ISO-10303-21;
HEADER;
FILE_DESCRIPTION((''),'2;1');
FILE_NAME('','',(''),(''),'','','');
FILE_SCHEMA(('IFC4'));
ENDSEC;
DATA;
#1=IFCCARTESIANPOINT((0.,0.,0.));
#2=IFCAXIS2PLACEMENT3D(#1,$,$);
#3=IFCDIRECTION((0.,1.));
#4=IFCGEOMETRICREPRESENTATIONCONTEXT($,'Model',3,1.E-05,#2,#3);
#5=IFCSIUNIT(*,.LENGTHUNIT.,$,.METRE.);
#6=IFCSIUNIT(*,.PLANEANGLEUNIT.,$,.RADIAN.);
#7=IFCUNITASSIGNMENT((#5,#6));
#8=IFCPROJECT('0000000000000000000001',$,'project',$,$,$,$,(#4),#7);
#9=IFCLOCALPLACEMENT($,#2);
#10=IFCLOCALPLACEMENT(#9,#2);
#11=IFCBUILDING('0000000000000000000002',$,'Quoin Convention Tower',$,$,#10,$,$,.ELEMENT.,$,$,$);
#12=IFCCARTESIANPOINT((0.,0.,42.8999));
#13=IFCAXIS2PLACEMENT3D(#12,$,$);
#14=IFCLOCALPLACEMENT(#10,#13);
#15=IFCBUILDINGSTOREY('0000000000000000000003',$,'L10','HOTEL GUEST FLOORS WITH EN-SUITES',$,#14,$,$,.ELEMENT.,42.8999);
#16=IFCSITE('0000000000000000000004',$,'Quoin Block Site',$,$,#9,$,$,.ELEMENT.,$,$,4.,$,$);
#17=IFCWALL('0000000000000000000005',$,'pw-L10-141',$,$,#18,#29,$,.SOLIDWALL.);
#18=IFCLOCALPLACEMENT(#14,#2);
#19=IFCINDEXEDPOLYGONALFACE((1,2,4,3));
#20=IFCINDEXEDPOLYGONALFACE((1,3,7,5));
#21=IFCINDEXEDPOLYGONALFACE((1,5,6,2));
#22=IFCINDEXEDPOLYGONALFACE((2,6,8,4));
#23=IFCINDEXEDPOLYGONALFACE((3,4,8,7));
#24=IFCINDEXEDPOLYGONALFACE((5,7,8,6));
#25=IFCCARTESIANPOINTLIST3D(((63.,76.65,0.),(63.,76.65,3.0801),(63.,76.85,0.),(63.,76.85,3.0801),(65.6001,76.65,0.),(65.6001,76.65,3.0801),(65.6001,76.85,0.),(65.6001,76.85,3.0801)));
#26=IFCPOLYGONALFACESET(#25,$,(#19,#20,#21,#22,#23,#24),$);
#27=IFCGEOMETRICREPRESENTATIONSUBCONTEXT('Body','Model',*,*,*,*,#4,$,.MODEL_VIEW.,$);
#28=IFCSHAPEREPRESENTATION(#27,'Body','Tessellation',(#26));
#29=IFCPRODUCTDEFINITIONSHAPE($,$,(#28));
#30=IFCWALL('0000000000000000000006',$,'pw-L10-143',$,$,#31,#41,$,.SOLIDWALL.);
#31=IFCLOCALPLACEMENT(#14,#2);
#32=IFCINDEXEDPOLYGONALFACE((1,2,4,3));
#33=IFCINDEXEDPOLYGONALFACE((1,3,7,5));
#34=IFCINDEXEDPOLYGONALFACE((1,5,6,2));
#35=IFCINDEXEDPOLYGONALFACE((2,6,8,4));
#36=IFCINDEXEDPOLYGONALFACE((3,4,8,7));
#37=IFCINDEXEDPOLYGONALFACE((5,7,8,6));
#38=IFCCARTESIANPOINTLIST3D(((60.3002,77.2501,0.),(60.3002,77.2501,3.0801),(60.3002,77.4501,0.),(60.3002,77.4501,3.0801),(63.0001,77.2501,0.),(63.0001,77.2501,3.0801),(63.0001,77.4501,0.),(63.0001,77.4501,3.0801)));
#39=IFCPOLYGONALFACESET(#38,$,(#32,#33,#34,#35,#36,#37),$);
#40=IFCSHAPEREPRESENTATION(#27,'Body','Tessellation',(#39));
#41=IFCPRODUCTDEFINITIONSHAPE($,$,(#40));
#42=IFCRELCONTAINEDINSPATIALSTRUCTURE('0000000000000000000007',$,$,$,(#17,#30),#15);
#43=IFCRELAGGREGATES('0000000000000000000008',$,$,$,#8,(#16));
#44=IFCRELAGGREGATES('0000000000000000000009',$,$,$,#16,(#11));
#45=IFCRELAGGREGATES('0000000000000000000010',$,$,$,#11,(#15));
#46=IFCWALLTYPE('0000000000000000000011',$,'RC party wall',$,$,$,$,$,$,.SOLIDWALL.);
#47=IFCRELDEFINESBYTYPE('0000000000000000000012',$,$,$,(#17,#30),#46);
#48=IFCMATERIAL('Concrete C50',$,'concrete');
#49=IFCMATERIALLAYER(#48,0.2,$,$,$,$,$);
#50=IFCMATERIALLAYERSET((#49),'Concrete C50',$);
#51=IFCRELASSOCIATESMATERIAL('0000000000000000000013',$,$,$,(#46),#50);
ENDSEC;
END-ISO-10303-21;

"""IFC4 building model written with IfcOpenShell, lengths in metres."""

from ifc_helpers import new_model, si_unit, direction, frame, frame_2d, origin, place, context, subcontext, project, spatial, rectangle, extrude, material, layer, layer_set, type_object, element, save


model = new_model("IFC4")

# Units and contexts
model_context = context("Model", 3, precision=1e-05, world=origin(), true_north=direction((0.0, 1.0)))
body_context = subcontext(model_context, "Body", "Model", "MODEL_VIEW")
ifc_project = project(units=[si_unit("LENGTHUNIT", "METRE"), si_unit("PLANEANGLEUNIT", "RADIAN")], contexts=[model_context])

# Site, building, storey
site_placement = place(None, origin())
site = spatial("IfcSite", under=ifc_project, at=site_placement, Name="Quoin Block Site", CompositionType="ELEMENT", RefElevation=4.0)
building_placement = place(site_placement, origin())
building = spatial("IfcBuilding", under=site, at=building_placement, Name="Quoin Convention Tower", CompositionType="ELEMENT")
storey_placement = place(building_placement, frame((0.0, 0.0, 42.8999)))
storey = spatial("IfcBuildingStorey", under=building, at=storey_placement, Name="L10", Description="HOTEL GUEST FLOORS WITH EN-SUITES", CompositionType="ELEMENT", Elevation=42.8999)

# Shared definitions
ifc_material_1 = material(Name="Concrete C50", Category="concrete")
ifc_layer = layer(ifc_material_1, 0.2)
ifc_layer_set = layer_set([ifc_layer], Name="Concrete C50")
wall_type = type_object("IfcWallType", Name="RC party wall", PredefinedType="SOLIDWALL", material=ifc_layer_set)

# Walls
wall_1_placement = place(storey_placement, frame((63.0, 76.75, 0.0), z_axis=(0.0, 0.0, 1.0), x_axis=(1.0, 0.0, 0.0)))
element("IfcWall", 1, at=wall_1_placement, inside=storey, type_object=wall_type, Name="pw-L10-141", PredefinedType="SOLIDWALL", context=body_context, shape_type="SweptSolid", body=[
    extrude(rectangle(XDim=2.6001, YDim=0.2, at=frame_2d((1.3, 0.0))), origin(), (0.0, 0.0, 1.0), 3.0801),
])
wall_2_placement = place(storey_placement, frame((60.3, 77.3501, 0.0), z_axis=(0.0, 0.0, 1.0), x_axis=(1.0, 0.0, 0.0)))
element("IfcWall", 2, at=wall_2_placement, inside=storey, type_object=wall_type, Name="pw-L10-143", PredefinedType="SOLIDWALL", context=body_context, shape_type="SweptSolid", body=[
    extrude(rectangle(XDim=2.7, YDim=0.2, at=frame_2d((1.3501, 0.0))), origin(), (0.0, 0.0, 1.0), 3.0801),
])

save(model, "model.ifc")
